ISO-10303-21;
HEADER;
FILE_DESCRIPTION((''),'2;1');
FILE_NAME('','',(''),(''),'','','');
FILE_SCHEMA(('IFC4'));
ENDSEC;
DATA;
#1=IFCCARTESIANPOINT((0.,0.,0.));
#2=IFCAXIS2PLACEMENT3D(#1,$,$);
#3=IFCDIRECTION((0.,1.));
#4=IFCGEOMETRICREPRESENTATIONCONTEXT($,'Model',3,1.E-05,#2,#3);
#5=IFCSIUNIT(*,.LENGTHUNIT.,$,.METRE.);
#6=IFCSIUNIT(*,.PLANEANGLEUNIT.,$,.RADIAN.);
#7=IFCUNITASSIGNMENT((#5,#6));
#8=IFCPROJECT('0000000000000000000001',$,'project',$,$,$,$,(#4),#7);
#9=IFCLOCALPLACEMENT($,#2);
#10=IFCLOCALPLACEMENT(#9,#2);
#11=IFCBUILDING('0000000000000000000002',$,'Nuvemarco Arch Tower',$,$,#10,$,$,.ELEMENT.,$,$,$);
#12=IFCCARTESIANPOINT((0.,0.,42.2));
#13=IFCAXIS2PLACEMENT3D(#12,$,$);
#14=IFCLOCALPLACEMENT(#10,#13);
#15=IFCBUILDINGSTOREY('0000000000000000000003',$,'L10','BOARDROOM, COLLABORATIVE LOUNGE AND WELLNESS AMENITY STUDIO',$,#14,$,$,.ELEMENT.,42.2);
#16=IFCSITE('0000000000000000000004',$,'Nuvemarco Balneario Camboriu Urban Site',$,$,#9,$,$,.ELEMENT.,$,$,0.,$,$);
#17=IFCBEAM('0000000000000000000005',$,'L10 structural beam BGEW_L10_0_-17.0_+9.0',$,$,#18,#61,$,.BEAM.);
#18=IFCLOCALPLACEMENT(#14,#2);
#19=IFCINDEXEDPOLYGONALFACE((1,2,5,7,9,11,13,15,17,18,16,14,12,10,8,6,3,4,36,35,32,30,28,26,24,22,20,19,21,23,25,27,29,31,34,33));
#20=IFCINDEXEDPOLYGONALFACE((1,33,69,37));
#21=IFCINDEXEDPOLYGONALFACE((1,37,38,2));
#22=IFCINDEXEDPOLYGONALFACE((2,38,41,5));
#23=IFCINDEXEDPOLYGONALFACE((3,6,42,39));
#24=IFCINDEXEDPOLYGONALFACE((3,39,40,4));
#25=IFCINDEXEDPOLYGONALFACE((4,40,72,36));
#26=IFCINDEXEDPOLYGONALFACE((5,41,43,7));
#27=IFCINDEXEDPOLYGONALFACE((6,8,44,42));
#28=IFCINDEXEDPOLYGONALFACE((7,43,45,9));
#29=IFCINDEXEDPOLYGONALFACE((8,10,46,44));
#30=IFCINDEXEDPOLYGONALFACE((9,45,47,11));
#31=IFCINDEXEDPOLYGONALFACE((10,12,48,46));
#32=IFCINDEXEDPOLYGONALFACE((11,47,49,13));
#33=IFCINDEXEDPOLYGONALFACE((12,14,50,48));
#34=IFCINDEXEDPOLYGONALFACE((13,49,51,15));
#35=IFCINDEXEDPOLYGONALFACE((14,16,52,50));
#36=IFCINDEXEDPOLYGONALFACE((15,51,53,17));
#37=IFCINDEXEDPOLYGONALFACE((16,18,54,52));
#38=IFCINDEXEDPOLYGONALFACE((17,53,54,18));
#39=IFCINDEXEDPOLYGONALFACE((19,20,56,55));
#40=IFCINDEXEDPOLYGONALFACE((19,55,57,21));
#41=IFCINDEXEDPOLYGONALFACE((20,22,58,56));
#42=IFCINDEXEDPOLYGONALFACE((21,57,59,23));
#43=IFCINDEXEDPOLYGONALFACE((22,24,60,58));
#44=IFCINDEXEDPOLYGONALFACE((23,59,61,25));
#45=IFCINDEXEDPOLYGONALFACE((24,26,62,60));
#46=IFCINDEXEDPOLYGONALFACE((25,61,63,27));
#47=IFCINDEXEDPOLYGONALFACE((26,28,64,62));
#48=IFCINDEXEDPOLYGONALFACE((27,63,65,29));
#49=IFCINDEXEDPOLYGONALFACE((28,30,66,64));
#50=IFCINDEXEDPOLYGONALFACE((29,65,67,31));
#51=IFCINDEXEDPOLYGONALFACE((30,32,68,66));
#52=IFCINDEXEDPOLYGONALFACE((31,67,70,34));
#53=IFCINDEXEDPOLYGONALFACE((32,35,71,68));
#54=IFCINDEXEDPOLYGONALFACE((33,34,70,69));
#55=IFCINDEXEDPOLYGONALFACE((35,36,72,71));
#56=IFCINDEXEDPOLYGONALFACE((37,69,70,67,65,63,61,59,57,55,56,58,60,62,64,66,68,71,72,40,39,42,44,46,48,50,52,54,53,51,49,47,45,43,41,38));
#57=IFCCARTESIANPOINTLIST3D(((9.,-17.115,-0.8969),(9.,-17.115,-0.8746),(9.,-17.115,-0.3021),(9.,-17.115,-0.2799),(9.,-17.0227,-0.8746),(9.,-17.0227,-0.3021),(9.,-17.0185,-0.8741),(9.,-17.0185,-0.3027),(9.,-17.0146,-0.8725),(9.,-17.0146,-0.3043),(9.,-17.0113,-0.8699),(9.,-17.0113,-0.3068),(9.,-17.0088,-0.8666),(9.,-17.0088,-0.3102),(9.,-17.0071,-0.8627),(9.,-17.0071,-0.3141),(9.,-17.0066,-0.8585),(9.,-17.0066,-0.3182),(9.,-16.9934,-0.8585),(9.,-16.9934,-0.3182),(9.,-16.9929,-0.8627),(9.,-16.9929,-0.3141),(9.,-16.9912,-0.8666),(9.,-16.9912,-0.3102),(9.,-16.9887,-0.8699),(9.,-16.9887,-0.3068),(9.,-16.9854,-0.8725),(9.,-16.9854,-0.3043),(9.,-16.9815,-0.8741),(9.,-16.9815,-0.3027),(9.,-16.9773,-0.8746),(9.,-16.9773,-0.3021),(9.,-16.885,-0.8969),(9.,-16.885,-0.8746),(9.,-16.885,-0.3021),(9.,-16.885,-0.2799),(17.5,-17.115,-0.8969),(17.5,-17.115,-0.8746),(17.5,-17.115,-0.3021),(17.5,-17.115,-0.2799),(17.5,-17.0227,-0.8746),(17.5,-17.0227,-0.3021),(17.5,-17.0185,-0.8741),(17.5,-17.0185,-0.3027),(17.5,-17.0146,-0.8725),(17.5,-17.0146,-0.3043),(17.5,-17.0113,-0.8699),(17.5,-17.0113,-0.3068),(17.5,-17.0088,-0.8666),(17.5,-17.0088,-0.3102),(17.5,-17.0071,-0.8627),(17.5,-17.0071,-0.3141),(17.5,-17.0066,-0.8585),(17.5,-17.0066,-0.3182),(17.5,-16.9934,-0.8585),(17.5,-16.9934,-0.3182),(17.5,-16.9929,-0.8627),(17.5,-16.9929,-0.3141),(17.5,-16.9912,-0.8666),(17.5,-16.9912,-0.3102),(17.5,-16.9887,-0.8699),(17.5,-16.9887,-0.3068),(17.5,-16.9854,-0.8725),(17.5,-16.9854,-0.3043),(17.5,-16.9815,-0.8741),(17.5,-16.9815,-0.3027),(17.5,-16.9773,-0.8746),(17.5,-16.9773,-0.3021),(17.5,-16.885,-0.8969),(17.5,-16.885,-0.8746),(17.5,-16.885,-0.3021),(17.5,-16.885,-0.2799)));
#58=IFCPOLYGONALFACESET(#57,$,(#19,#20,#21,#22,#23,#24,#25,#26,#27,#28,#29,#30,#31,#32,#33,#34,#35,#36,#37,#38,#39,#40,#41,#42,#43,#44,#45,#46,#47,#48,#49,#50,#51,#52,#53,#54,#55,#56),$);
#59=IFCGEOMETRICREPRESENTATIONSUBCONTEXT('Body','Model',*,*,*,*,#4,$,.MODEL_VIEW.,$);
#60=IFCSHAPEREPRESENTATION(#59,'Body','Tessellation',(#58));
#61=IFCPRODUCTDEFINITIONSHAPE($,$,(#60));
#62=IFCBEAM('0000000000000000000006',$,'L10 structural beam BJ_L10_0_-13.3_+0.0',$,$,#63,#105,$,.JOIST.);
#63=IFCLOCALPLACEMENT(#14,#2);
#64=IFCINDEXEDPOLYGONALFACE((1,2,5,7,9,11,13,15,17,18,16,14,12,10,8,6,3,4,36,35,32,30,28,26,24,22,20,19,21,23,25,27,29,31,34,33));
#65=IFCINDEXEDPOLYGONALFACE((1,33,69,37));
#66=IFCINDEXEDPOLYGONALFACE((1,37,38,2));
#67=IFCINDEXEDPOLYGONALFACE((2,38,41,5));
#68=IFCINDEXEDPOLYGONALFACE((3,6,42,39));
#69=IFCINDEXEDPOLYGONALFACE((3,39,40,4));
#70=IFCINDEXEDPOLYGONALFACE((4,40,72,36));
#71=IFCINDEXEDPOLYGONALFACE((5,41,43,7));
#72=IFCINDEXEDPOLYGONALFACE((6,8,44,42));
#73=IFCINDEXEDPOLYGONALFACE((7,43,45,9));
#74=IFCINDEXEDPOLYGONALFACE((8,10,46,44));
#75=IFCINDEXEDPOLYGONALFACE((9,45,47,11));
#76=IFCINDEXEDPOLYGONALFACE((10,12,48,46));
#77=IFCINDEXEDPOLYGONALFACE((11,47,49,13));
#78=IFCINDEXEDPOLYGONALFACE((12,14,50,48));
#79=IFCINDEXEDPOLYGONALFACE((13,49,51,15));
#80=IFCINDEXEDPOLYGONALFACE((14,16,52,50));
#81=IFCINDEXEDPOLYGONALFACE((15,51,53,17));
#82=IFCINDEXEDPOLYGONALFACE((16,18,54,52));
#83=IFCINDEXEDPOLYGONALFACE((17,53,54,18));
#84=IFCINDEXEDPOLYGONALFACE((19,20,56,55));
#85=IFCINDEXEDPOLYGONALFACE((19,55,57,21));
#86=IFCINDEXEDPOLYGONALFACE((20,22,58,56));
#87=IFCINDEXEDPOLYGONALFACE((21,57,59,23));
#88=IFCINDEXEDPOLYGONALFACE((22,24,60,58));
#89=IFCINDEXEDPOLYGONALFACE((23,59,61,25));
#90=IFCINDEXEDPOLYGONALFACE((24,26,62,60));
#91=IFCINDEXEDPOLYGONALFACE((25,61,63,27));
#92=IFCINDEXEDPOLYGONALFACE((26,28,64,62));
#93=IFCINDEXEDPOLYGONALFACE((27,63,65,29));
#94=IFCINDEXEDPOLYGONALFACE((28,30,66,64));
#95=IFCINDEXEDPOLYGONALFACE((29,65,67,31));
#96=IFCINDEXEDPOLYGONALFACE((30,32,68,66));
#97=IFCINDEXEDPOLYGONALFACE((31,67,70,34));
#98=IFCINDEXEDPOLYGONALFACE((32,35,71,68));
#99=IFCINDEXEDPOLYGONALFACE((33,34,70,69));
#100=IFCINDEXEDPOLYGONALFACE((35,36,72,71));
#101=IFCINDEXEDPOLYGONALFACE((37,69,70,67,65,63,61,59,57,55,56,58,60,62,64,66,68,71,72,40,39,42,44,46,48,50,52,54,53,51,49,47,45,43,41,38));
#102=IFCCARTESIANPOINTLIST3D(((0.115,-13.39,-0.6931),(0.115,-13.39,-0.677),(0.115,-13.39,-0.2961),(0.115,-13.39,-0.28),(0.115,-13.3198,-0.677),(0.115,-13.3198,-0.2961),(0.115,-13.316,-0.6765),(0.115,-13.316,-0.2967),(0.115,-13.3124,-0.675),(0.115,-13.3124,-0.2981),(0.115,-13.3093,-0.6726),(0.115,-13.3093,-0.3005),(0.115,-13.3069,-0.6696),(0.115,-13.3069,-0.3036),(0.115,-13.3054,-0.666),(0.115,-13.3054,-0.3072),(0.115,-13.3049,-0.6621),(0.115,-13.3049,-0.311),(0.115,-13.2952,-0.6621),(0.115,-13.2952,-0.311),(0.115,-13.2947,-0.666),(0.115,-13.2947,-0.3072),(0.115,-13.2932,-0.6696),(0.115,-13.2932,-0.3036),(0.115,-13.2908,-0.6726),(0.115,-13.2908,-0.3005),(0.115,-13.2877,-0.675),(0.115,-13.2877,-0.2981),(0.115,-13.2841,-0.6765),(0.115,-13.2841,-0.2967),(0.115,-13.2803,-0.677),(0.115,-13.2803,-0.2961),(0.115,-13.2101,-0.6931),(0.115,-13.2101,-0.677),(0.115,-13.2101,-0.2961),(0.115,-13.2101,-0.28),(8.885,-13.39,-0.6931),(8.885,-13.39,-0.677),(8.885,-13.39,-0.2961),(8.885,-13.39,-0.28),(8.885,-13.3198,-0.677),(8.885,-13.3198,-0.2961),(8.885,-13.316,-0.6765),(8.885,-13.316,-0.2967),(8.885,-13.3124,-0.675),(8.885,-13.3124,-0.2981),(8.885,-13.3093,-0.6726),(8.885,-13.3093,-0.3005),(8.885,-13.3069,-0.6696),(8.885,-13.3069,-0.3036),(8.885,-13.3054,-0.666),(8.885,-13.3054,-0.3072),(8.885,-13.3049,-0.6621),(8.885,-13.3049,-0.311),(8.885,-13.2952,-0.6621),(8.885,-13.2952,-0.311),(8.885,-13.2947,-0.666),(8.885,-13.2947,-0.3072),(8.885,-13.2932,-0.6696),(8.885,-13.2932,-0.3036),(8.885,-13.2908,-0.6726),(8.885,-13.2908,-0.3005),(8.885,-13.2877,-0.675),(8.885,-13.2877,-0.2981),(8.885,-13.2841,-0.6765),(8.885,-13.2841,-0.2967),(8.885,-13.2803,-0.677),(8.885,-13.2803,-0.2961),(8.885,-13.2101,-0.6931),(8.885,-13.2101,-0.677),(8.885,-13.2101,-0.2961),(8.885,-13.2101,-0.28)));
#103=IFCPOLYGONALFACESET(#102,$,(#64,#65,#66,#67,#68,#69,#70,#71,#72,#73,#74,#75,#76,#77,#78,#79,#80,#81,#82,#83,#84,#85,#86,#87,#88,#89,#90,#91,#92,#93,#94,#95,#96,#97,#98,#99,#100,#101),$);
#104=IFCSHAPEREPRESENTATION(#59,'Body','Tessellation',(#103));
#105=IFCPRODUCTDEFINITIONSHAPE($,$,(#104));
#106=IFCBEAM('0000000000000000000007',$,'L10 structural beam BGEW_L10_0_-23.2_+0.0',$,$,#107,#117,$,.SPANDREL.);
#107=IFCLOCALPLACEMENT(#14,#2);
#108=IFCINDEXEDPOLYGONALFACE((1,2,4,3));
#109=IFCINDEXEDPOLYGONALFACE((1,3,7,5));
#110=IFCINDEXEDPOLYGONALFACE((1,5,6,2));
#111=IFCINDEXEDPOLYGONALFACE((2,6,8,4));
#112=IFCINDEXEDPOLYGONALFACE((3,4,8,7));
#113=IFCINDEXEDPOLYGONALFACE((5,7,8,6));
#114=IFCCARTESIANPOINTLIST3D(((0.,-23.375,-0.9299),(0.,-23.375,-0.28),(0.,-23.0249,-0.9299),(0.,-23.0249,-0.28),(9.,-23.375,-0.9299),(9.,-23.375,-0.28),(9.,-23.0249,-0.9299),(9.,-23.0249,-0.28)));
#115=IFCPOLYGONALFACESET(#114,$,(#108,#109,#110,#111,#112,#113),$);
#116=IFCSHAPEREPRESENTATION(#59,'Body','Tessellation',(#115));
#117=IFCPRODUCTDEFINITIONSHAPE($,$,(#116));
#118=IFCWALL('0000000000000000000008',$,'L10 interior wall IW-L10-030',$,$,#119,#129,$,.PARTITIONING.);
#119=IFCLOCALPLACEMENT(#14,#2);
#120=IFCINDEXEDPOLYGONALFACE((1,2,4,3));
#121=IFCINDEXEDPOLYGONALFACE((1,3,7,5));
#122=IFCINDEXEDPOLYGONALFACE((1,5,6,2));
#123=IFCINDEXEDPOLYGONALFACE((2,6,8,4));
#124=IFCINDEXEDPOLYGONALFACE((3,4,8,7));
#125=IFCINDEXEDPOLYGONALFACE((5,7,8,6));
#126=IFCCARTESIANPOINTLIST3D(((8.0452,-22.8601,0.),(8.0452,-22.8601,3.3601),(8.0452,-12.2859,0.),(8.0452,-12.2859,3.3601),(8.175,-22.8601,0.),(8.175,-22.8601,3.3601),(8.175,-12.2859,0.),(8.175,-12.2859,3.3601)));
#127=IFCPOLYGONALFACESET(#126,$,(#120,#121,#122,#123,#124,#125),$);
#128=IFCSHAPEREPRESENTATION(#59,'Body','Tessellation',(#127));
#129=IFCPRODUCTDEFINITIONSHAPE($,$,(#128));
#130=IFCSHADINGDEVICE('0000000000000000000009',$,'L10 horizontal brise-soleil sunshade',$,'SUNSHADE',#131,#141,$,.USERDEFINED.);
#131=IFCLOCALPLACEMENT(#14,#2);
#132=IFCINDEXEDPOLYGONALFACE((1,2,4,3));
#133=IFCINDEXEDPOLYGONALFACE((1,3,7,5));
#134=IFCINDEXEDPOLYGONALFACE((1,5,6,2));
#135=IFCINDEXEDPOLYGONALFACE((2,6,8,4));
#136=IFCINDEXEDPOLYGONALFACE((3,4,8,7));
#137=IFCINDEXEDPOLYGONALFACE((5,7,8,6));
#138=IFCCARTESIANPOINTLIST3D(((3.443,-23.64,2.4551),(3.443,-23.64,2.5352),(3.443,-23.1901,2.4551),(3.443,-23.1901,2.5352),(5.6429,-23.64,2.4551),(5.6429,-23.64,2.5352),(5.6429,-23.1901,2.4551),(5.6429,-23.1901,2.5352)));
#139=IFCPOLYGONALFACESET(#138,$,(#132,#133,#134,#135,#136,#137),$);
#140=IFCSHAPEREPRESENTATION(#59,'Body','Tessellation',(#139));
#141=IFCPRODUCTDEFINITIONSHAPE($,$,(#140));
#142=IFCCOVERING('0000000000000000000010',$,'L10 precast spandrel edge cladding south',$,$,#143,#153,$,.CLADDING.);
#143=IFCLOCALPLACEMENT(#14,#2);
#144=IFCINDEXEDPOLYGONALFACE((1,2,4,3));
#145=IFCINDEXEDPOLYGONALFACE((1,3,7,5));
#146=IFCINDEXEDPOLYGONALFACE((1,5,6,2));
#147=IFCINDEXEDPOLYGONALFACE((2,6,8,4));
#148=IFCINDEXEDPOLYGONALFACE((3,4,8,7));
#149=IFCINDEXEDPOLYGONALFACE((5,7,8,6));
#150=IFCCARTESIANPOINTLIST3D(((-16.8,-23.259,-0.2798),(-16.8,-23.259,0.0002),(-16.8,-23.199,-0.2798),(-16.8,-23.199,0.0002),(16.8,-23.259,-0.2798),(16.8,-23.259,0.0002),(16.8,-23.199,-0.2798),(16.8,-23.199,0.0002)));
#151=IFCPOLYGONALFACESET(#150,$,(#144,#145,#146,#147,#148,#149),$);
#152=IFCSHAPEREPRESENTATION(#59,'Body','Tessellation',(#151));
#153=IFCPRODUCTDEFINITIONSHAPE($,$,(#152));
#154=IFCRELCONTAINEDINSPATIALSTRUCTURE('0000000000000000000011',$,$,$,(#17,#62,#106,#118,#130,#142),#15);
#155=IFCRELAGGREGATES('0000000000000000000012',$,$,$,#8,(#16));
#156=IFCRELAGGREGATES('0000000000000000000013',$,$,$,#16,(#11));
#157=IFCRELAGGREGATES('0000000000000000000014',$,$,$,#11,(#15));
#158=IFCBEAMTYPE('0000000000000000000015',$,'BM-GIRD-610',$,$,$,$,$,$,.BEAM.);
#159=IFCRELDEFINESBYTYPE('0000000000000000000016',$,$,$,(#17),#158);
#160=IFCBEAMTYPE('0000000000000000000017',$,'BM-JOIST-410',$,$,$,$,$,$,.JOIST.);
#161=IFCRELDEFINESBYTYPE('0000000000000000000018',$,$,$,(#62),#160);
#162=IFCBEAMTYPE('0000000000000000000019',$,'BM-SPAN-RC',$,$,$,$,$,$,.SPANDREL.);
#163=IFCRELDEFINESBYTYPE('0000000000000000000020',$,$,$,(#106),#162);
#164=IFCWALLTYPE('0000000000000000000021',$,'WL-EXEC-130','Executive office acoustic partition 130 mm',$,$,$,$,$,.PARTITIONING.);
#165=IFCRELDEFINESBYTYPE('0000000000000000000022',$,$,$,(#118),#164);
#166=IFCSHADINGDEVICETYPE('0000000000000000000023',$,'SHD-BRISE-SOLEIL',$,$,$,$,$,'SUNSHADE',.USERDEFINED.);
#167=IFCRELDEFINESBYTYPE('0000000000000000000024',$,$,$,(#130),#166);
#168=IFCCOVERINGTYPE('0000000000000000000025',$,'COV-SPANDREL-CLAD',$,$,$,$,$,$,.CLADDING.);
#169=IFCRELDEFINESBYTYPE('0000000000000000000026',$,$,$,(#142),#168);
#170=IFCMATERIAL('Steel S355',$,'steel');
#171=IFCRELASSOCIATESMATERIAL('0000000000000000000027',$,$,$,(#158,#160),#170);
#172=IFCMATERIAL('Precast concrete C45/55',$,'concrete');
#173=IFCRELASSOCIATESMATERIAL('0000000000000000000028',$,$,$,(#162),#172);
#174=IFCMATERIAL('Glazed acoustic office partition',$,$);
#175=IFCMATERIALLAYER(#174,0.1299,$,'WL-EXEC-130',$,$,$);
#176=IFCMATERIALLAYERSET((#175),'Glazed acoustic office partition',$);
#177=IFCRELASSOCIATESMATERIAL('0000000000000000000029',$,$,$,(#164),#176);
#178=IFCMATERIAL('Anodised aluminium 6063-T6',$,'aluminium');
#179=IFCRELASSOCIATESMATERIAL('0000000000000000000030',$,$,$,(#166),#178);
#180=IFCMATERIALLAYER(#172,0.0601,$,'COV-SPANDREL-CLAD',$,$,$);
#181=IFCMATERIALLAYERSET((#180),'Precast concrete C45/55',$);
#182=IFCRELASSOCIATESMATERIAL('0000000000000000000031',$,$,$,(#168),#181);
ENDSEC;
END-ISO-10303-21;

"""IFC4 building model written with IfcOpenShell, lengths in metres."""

from ifc_helpers import new_model, si_unit, direction, frame, frame_2d, origin, origin_2d, place, context, subcontext, project, spatial, rectangle, i_section, extrude, source, transform, mapped, material, layer, layer_set, material_profile, profile_set, type_object, type_shapes, element, save


model = new_model("IFC4")

# Units and contexts
model_context = context("Model", 3, precision=1e-05, world=origin(), true_north=direction((0.0, 1.0)))
body_context = subcontext(model_context, "Body", "Model", "MODEL_VIEW")
ifc_project = project(units=[si_unit("LENGTHUNIT", "METRE"), si_unit("PLANEANGLEUNIT", "RADIAN")], contexts=[model_context])

# Site, building, storey
site_placement = place(None, origin())
site = spatial("IfcSite", under=ifc_project, at=site_placement, Name="Nuvemarco Balneario Camboriu Urban Site", CompositionType="ELEMENT", RefElevation=0.0)
building_placement = place(site_placement, origin())
building = spatial("IfcBuilding", under=site, at=building_placement, Name="Nuvemarco Arch Tower", CompositionType="ELEMENT")
storey_placement = place(building_placement, frame((0.0, 0.0, 42.2)))
storey = spatial("IfcBuildingStorey", under=building, at=storey_placement, Name="L10", Description="BOARDROOM, COLLABORATIVE LOUNGE AND WELLNESS AMENITY STUDIO", CompositionType="ELEMENT", Elevation=42.2)

# Shared definitions
ifc_material_1 = material(Name="Steel S355", Category="steel")

# Beams
ifc_material_profile_1 = material_profile(ifc_material_1, i_section(OverallWidth=0.23, OverallDepth=0.6169, WebThickness=0.0132, FlangeThickness=0.0222, FilletRadius=0.0161, at=origin_2d()), Name="W610x140")
ifc_profile_set_1 = profile_set([ifc_material_profile_1], Name="Steel S355")
beam_type_1 = type_object("IfcBeamType", Name="BM-GIRD-610", PredefinedType="BEAM", material=ifc_profile_set_1)
beam_1_placement = place(storey_placement, frame((9.0, -17.0, -0.5884), z_axis=(1.0, 0.0, 0.0), x_axis=(0.0, 1.0, 0.0)))
element("IfcBeam", 1, at=beam_1_placement, inside=storey, type_object=beam_type_1, Name="L10 structural beam BGEW_L10_0_-17.0_+9.0", PredefinedType="BEAM", context=body_context, shape_type="SweptSolid", body=[
    extrude(i_section(OverallWidth=0.23, OverallDepth=0.6169, WebThickness=0.0132, FlangeThickness=0.0222, FilletRadius=0.0161, at=origin_2d()), origin(), (0.0, 0.0, 1.0), 8.5),
])
ifc_material_profile_2 = material_profile(ifc_material_1, i_section(OverallWidth=0.1799, OverallDepth=0.4131, WebThickness=0.0098, FlangeThickness=0.0161, FilletRadius=0.0149, at=origin_2d()), Name="W410x75")
ifc_profile_set_2 = profile_set([ifc_material_profile_2], Name="Steel S355")
beam_type_2 = type_object("IfcBeamType", Name="BM-JOIST-410", PredefinedType="JOIST", material=ifc_profile_set_2)
beam_2_placement = place(storey_placement, frame((0.115, -13.3, -0.4866), z_axis=(1.0, 0.0, 0.0), x_axis=(0.0, 1.0, 0.0)))
element("IfcBeam", 2, at=beam_2_placement, inside=storey, type_object=beam_type_2, Name="L10 structural beam BJ_L10_0_-13.3_+0.0", PredefinedType="JOIST", context=body_context, shape_type="SweptSolid", body=[
    extrude(i_section(OverallWidth=0.1799, OverallDepth=0.4131, WebThickness=0.0098, FlangeThickness=0.0161, FilletRadius=0.0149, at=origin_2d()), origin(), (0.0, 0.0, 1.0), 8.77),
])
ifc_material_2 = material(Name="Precast concrete C45/55", Category="concrete")
ifc_material_profile_3 = material_profile(ifc_material_2, rectangle(XDim=0.3501, YDim=0.6499, at=origin_2d()), Name="PC-SP-350x650")
ifc_profile_set_3 = profile_set([ifc_material_profile_3], Name="Precast concrete C45/55")
beam_type_3 = type_object("IfcBeamType", Name="BM-SPAN-RC", PredefinedType="SPANDREL", material=ifc_profile_set_3)
beam_3_placement = place(storey_placement, frame((0.0, -23.2, -0.605), z_axis=(1.0, 0.0, 0.0), x_axis=(0.0, 1.0, 0.0)))
element("IfcBeam", 3, at=beam_3_placement, inside=storey, type_object=beam_type_3, Name="L10 structural beam BGEW_L10_0_-23.2_+0.0", PredefinedType="SPANDREL", context=body_context, shape_type="SweptSolid", body=[
    extrude(rectangle(XDim=0.3501, YDim=0.6499, at=origin_2d()), origin(), (0.0, 0.0, 1.0), 9.0),
])

# Wall
ifc_material_3 = material(Name="Glazed acoustic office partition")
ifc_layer_1 = layer(ifc_material_3, 0.1299, Name="WL-EXEC-130")
ifc_layer_set_1 = layer_set([ifc_layer_1], Name="Glazed acoustic office partition")
wall_type = type_object("IfcWallType", Name="WL-EXEC-130", Description="Executive office acoustic partition 130 mm", PredefinedType="PARTITIONING", material=ifc_layer_set_1)
wall_placement = place(storey_placement, frame((8.1101, -22.8601, 0.0), z_axis=(0.0, 0.0, 1.0), x_axis=(0.0, 1.0, 0.0)))
element("IfcWall", 4, at=wall_placement, inside=storey, type_object=wall_type, Name="L10 interior wall IW-L10-030", PredefinedType="PARTITIONING", context=body_context, shape_type="SweptSolid", body=[
    extrude(rectangle(XDim=10.5742, YDim=0.1299, at=frame_2d((5.2871, 0.0))), origin(), (0.0, 0.0, 1.0), 3.3601),
])

# Shading device
ifc_material_4 = material(Name="Anodised aluminium 6063-T6", Category="aluminium")
shading_device_type = type_object("IfcShadingDeviceType", Name="SHD-BRISE-SOLEIL", ElementType="SUNSHADE", PredefinedType="USERDEFINED", material=ifc_material_4)
shared_shape_1 = source(origin(), body_context, "Body", "SweptSolid", [
    extrude(rectangle(XDim=2.2, YDim=0.45, at=origin_2d()), origin(), (0.0, 0.0, 1.0), 0.0801),
])
type_shapes(shading_device_type, [shared_shape_1])
shading_device_placement = place(storey_placement, frame((4.543, -23.415, 2.4551), z_axis=(0.0, 0.0, 1.0), x_axis=(1.0, 0.0, 0.0)))
element("IfcShadingDevice", 5, at=shading_device_placement, inside=storey, type_object=shading_device_type, Name="L10 horizontal brise-soleil sunshade", ObjectType="SUNSHADE", PredefinedType="USERDEFINED", context=body_context, shape_type="MappedRepresentation", body=[
    mapped(shared_shape_1, transform((0.0, 0.0, 0.0), scale=1.0)),
])

# Covering
ifc_layer_2 = layer(ifc_material_2, 0.0601, Name="COV-SPANDREL-CLAD")
ifc_layer_set_2 = layer_set([ifc_layer_2], Name="Precast concrete C45/55")
covering_type = type_object("IfcCoveringType", Name="COV-SPANDREL-CLAD", PredefinedType="CLADDING", material=ifc_layer_set_2)
shared_shape_2 = source(origin(), body_context, "Body", "SweptSolid", [
    extrude(rectangle(XDim=33.6001, YDim=0.0601, at=origin_2d()), origin(), (0.0, 0.0, 1.0), 0.28),
])
type_shapes(covering_type, [shared_shape_2])
covering_placement = place(storey_placement, frame((0.0, -23.229, -0.2798), z_axis=(0.0, 0.0, 1.0), x_axis=(1.0, 0.0, 0.0)))
element("IfcCovering", 6, at=covering_placement, inside=storey, type_object=covering_type, Name="L10 precast spandrel edge cladding south", PredefinedType="CLADDING", context=body_context, shape_type="MappedRepresentation", body=[
    mapped(shared_shape_2, transform((0.0, 0.0, 0.0), scale=1.0)),
])

save(model, "model.ifc")
